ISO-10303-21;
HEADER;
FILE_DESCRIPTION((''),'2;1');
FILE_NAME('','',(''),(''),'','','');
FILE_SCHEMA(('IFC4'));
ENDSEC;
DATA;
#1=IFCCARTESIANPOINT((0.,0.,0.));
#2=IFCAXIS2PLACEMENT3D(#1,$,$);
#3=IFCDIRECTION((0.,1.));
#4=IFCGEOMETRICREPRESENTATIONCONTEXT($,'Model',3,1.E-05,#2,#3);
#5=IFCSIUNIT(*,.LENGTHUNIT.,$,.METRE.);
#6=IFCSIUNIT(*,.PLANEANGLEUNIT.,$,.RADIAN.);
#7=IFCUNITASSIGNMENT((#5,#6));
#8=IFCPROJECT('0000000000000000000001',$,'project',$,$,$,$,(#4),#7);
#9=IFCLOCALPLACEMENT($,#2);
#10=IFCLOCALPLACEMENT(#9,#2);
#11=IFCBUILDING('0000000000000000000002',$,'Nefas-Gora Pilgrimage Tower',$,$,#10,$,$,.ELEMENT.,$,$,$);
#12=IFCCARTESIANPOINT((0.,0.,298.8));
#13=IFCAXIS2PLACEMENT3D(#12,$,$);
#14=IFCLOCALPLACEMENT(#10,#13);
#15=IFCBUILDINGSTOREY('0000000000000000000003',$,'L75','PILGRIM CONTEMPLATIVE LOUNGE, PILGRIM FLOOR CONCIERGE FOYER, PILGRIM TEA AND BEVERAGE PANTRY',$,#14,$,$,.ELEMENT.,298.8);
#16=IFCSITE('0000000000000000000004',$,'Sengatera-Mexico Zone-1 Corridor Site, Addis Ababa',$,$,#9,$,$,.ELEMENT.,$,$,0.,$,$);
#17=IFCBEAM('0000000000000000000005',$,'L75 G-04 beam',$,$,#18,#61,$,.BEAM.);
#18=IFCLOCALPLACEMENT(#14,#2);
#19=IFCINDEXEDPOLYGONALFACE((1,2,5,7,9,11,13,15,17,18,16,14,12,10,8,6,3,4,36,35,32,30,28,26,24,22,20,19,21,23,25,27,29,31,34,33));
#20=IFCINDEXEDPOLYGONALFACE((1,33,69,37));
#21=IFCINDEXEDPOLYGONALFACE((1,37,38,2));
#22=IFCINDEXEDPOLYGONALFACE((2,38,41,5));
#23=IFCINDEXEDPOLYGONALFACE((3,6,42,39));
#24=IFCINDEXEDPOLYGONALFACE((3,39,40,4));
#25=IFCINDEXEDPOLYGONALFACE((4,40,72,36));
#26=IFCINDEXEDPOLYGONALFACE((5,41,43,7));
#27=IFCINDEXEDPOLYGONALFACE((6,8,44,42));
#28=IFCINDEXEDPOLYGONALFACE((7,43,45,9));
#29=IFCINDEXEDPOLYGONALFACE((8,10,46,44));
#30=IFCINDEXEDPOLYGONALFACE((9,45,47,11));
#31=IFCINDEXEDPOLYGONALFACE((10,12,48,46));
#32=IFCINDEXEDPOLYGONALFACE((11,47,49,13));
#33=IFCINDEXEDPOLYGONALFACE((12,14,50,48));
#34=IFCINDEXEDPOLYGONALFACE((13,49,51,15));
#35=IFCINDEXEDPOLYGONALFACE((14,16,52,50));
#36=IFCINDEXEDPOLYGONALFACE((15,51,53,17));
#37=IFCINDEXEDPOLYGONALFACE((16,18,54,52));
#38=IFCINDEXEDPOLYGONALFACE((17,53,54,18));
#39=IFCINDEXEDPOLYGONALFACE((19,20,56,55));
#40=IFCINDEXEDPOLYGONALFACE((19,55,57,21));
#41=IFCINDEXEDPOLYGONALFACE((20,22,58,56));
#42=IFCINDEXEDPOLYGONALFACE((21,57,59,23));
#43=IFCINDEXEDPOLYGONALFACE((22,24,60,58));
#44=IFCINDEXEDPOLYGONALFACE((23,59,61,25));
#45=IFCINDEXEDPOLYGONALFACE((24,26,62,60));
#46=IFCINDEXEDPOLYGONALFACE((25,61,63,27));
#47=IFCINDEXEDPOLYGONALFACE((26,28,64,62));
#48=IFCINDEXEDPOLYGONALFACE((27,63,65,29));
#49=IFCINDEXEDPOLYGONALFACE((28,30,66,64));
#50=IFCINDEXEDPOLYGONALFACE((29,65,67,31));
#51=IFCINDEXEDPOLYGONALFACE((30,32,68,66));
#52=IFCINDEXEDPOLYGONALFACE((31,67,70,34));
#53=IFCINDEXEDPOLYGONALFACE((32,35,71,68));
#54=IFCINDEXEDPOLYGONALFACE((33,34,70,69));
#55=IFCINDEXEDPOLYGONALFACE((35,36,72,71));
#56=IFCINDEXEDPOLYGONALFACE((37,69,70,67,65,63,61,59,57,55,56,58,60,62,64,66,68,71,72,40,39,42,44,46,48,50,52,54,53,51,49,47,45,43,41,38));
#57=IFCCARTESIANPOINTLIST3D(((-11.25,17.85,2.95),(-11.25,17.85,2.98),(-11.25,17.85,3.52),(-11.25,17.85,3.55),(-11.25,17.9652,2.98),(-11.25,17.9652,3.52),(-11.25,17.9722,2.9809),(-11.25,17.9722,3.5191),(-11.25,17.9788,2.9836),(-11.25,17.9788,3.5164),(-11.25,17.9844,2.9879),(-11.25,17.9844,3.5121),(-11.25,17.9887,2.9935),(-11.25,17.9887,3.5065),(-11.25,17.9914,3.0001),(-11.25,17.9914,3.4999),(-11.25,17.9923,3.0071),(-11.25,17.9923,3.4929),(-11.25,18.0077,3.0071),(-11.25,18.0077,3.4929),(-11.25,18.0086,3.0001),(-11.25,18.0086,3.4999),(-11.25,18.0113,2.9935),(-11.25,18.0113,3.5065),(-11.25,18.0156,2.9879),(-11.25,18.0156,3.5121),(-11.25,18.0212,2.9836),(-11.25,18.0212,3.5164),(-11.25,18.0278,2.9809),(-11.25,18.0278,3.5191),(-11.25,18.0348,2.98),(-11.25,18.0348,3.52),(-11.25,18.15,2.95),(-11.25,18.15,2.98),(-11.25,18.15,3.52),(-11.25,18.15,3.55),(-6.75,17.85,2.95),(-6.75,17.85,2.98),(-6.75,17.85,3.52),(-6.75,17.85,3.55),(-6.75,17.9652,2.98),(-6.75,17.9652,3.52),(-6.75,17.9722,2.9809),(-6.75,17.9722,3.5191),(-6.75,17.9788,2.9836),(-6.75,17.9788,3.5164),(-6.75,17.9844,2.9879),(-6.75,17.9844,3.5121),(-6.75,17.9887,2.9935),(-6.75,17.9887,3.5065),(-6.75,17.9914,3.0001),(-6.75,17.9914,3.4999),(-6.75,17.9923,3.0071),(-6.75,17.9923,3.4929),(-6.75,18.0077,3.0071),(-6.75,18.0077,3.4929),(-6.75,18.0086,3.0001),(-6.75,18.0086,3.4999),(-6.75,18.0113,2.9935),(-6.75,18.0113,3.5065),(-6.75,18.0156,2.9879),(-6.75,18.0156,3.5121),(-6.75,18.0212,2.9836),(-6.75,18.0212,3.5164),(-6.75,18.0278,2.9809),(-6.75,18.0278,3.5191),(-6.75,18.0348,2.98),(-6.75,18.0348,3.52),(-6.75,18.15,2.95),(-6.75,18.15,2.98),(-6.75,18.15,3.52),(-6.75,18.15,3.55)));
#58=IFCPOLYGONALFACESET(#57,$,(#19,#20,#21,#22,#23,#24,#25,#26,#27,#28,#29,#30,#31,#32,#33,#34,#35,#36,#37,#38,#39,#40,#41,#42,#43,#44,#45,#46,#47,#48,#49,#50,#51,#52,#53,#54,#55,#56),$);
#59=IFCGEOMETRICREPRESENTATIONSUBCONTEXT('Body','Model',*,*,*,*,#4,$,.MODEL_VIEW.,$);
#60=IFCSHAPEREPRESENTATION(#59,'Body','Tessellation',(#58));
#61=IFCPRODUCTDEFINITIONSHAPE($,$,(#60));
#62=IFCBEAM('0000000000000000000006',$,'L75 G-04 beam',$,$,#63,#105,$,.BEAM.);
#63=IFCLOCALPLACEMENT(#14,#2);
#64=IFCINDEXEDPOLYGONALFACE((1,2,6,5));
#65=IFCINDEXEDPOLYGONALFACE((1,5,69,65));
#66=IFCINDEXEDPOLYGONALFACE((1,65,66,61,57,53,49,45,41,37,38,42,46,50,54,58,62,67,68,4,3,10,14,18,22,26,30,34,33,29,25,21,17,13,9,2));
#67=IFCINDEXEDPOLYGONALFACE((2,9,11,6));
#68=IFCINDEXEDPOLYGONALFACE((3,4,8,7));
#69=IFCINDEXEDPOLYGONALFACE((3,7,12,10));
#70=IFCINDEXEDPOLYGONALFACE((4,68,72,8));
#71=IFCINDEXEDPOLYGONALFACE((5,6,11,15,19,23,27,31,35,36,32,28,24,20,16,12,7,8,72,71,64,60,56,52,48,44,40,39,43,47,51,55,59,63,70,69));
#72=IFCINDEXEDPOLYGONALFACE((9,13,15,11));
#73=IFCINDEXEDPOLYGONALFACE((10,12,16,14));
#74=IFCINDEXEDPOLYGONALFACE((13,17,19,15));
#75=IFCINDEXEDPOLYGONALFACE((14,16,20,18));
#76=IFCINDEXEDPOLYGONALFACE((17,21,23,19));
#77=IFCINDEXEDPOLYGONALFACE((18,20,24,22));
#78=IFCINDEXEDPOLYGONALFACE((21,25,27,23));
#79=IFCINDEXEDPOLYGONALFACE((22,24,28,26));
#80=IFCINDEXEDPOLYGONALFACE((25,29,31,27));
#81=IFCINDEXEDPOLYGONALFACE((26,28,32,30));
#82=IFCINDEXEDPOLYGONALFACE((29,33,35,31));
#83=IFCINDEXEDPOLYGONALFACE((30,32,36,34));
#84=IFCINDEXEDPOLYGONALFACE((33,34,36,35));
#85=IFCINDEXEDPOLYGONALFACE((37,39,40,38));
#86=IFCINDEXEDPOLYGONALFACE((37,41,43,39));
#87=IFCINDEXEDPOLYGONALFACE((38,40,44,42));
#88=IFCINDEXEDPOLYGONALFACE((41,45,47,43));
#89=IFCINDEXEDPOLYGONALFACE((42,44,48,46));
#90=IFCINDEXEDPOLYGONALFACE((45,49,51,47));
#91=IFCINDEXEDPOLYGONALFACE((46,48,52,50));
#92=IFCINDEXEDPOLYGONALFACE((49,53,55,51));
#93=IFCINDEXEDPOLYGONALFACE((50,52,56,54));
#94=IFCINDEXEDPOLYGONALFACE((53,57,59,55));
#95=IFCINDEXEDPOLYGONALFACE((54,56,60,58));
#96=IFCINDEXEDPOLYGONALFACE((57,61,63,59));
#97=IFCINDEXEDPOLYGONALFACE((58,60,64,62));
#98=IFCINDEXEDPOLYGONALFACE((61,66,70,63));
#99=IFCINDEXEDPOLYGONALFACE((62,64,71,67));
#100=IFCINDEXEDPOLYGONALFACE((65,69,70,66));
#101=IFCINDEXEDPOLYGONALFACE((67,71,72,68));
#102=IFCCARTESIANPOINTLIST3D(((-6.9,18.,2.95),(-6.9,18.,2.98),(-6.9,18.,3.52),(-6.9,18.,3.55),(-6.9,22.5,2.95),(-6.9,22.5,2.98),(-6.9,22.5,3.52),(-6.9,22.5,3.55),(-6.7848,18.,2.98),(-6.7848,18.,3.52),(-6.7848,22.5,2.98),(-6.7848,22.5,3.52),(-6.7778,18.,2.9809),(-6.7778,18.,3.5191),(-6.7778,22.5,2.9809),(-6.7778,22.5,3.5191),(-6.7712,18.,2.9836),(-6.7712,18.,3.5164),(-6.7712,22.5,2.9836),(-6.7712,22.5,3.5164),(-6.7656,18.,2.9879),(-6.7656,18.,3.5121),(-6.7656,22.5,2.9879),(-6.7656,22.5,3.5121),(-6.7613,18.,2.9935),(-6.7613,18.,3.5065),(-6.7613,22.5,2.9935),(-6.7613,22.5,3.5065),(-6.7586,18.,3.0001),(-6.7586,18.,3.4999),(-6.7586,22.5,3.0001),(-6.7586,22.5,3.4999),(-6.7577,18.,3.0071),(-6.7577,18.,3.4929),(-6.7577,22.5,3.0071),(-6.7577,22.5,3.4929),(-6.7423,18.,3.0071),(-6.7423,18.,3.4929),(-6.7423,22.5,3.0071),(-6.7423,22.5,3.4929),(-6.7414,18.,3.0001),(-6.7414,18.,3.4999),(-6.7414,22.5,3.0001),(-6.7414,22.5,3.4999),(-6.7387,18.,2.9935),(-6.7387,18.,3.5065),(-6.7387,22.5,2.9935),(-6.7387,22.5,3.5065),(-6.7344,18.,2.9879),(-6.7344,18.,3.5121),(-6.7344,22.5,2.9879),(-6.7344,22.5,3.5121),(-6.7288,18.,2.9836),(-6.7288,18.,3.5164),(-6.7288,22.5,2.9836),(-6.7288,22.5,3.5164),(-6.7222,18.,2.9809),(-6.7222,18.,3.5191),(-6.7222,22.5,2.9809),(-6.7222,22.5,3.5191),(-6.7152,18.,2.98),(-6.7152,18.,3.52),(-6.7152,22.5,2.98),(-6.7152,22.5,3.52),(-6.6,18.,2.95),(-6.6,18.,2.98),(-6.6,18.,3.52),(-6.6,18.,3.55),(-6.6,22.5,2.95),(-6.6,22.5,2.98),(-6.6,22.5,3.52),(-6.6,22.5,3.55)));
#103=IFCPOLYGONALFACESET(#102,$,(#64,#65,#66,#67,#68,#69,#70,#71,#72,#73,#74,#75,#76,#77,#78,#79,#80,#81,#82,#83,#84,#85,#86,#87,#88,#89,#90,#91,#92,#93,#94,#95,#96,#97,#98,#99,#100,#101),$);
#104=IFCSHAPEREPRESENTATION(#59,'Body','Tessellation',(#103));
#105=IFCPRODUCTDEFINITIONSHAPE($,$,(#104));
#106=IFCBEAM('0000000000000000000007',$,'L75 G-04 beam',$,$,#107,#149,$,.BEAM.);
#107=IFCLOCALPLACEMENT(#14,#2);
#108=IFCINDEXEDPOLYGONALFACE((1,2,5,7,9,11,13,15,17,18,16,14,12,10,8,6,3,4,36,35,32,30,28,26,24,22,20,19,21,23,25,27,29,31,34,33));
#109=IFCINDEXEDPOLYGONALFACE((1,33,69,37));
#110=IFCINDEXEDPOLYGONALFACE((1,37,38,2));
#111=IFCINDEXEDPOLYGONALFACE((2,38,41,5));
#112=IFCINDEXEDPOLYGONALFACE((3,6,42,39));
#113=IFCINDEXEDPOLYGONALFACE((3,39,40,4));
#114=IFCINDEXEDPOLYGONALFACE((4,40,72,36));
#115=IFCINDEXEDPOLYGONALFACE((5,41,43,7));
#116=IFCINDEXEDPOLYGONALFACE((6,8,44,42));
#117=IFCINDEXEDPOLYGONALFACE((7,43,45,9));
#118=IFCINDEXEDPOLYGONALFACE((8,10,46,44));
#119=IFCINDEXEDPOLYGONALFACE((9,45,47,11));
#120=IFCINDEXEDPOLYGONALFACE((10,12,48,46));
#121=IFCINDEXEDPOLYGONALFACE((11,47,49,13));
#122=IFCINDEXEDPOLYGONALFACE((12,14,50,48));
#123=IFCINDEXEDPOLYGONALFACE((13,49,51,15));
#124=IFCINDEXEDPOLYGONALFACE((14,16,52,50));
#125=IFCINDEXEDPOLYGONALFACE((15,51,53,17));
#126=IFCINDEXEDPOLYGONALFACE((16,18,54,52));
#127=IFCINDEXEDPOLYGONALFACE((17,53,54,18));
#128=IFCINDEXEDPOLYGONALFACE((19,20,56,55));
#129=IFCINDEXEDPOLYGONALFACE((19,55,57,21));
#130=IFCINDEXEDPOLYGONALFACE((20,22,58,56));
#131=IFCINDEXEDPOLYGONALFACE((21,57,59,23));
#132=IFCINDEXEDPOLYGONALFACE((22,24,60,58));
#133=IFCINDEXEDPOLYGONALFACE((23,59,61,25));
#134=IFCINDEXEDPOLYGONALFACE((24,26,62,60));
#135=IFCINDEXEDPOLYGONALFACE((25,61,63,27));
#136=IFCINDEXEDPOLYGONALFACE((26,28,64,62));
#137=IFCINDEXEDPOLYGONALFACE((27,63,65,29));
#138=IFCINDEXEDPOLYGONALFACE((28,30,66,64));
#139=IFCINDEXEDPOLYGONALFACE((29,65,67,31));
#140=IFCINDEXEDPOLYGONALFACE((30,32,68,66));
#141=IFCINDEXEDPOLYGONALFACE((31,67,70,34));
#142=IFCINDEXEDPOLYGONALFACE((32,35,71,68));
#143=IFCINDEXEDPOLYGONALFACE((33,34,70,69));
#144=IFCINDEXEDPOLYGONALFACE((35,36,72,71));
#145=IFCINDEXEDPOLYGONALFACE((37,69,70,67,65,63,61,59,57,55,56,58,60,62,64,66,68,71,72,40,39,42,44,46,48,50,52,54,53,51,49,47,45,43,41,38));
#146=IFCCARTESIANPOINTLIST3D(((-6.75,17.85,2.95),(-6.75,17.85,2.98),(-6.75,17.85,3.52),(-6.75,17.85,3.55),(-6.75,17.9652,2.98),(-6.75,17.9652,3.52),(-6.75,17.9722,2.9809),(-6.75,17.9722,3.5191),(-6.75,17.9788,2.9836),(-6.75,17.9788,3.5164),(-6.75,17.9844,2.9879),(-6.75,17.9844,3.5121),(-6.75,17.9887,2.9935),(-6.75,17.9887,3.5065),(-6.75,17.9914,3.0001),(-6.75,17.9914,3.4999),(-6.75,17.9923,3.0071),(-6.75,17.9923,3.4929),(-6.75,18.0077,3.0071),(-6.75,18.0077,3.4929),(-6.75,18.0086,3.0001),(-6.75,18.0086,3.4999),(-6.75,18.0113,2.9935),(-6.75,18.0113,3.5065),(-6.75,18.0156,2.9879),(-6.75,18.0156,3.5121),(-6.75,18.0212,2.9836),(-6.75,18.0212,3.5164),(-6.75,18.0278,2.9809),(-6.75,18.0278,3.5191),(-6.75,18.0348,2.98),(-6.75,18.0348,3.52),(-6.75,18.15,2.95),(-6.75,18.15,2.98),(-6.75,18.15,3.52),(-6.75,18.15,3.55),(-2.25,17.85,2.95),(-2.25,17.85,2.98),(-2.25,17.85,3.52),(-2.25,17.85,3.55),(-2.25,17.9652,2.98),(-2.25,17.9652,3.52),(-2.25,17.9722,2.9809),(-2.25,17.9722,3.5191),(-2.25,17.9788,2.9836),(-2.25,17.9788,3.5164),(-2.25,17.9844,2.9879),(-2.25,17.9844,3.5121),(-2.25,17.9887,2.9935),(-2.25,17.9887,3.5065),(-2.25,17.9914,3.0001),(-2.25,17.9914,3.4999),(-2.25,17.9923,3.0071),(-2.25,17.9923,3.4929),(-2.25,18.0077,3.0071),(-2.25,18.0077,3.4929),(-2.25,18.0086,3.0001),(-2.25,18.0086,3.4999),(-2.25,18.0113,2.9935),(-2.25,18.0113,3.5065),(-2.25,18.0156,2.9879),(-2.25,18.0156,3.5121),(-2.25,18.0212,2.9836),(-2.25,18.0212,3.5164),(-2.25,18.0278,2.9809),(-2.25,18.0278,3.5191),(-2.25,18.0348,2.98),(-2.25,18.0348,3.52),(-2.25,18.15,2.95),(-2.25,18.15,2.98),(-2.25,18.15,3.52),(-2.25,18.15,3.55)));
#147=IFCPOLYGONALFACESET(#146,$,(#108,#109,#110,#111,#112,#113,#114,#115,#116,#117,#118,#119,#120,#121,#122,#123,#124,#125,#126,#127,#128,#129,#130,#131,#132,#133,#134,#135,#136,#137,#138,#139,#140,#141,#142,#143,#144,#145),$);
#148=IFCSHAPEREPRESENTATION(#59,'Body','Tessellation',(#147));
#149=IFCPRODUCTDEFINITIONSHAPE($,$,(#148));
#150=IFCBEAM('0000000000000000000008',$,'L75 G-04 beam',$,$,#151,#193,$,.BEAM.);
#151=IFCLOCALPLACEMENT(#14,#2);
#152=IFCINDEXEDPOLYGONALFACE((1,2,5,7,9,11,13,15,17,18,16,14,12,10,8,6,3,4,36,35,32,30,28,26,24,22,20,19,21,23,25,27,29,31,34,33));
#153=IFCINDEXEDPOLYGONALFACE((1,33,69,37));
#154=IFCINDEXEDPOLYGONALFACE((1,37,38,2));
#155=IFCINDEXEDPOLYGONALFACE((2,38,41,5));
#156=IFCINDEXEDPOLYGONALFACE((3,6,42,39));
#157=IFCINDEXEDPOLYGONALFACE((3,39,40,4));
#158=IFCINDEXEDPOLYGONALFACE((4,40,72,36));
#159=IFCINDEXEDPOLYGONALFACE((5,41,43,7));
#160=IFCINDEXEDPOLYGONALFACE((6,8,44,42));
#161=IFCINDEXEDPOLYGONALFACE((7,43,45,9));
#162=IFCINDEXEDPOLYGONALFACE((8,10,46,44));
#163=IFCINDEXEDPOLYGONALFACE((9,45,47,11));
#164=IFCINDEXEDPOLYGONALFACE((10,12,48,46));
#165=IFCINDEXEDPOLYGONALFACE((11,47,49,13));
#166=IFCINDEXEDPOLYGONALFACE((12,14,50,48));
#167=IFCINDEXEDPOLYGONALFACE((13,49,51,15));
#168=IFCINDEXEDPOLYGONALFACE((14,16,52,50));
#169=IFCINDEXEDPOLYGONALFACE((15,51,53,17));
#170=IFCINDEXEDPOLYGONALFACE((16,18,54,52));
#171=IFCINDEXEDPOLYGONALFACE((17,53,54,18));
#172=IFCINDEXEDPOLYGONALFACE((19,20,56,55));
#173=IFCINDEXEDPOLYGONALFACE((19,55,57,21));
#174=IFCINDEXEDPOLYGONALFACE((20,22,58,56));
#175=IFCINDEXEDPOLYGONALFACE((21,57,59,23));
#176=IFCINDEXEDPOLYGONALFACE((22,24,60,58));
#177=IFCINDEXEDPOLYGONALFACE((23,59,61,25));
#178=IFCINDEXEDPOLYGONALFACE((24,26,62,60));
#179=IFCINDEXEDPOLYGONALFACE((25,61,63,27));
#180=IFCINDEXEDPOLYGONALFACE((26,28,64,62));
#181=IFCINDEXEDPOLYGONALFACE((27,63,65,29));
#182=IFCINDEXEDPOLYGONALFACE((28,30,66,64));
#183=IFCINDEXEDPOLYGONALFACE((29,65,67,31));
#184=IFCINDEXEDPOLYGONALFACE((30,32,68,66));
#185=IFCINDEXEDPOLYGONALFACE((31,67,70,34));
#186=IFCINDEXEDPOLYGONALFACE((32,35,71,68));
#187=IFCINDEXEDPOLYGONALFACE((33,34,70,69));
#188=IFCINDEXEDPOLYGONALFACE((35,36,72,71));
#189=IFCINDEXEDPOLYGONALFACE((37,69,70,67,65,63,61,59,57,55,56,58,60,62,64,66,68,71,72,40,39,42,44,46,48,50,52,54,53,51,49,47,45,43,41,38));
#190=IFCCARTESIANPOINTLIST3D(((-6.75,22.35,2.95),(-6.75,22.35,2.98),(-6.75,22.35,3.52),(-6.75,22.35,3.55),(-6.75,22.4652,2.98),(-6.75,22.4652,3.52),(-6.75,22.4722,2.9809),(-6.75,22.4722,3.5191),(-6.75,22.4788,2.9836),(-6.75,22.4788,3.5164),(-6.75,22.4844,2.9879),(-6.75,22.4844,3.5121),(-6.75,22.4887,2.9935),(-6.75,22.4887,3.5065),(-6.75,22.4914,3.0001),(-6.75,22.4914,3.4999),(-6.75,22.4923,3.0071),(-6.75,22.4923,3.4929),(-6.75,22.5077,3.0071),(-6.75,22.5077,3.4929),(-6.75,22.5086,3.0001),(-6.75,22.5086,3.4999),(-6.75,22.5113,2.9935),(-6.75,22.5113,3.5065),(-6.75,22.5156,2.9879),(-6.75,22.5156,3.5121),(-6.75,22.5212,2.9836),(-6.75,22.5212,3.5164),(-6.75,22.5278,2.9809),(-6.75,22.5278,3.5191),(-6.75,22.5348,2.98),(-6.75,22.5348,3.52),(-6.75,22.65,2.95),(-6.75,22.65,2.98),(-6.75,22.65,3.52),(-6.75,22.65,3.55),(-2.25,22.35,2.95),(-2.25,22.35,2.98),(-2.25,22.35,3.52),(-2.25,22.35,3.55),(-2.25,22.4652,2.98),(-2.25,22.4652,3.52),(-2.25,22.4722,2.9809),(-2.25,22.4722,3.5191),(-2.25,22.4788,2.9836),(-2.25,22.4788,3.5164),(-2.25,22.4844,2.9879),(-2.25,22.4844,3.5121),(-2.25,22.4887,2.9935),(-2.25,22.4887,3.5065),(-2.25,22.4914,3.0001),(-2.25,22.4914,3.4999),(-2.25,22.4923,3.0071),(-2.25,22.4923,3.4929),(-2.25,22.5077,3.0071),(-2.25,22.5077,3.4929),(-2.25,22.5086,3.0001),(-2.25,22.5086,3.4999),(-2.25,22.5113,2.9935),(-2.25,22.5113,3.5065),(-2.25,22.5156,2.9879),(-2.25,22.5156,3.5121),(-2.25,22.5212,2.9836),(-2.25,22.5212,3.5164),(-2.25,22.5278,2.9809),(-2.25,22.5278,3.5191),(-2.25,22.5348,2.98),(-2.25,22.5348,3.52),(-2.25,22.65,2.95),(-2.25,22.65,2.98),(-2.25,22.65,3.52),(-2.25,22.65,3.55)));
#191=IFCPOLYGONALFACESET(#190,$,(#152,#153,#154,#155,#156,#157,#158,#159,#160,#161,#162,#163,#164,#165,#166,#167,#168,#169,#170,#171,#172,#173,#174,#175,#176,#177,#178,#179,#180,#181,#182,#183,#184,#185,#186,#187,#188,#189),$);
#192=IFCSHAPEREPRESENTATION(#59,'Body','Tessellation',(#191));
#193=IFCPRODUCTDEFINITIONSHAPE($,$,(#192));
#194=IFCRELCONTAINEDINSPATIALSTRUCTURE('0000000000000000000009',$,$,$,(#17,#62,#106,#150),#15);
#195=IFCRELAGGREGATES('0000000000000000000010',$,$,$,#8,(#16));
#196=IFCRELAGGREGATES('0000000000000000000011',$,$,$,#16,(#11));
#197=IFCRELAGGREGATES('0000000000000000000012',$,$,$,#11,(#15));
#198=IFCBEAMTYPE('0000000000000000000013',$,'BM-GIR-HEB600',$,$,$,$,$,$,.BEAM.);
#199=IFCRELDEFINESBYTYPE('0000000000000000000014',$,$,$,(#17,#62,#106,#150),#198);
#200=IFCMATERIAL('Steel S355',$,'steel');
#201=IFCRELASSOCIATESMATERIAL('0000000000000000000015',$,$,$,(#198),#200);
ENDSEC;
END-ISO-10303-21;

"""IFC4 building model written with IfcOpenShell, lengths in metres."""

from ifc_helpers import new_model, si_unit, direction, frame, origin, origin_2d, place, context, subcontext, project, spatial, i_section, extrude, source, transform, mapped, material, material_profile, profile_set, type_object, element, save


model = new_model("IFC4")

# Units and contexts
model_context = context("Model", 3, precision=1e-05, world=origin(), true_north=direction((0.0, 1.0)))
body_context = subcontext(model_context, "Body", "Model", "MODEL_VIEW")
ifc_project = project(units=[si_unit("LENGTHUNIT", "METRE"), si_unit("PLANEANGLEUNIT", "RADIAN")], contexts=[model_context])

# Site, building, storey
site_placement = place(None, origin())
site = spatial("IfcSite", under=ifc_project, at=site_placement, Name="Sengatera-Mexico Zone-1 Corridor Site, Addis Ababa", CompositionType="ELEMENT", RefElevation=0.0)
building_placement = place(site_placement, origin())
building = spatial("IfcBuilding", under=site, at=building_placement, Name="Nefas-Gora Pilgrimage Tower", CompositionType="ELEMENT")
storey_placement = place(building_placement, frame((0.0, 0.0, 298.8)))
storey = spatial("IfcBuildingStorey", under=building, at=storey_placement, Name="L75", Description="PILGRIM CONTEMPLATIVE LOUNGE, PILGRIM FLOOR CONCIERGE FOYER, PILGRIM TEA AND BEVERAGE PANTRY", CompositionType="ELEMENT", Elevation=298.8)

# Shared definitions
ifc_material_1 = material(Name="Steel S355", Category="steel")

# Beams
ifc_material_profile_1 = material_profile(ifc_material_1, i_section(OverallWidth=0.3, OverallDepth=0.6001, WebThickness=0.0154, FlangeThickness=0.03, FilletRadius=0.0271, at=origin_2d()), Name="HEB 600")
ifc_profile_set_1 = profile_set([ifc_material_profile_1], Name="Steel S355")
beam_type = type_object("IfcBeamType", Name="BM-GIR-HEB600", PredefinedType="BEAM", material=ifc_profile_set_1)
shared_shape_1 = source(origin(), body_context, "Body", "SweptSolid", [
    extrude(i_section(OverallWidth=0.3, OverallDepth=0.6001, WebThickness=0.0154, FlangeThickness=0.03, FilletRadius=0.0271, at=origin_2d()), origin(), (0.0, 0.0, 1.0), 4.5),
])
for number, where, z_axis, x_axis, name in (
    (1, (-11.25, 18.0, 3.25), (1.0, 0.0, 0.0), (0.0, 1.0, 0.0), "L75 G-04 beam"),
    (2, (-6.75, 18.0, 3.25), (0.0, 1.0, 0.0), (-1.0, 0.0, 0.0), "L75 G-04 beam"),
    (3, (-6.75, 18.0, 3.25), (1.0, 0.0, 0.0), (0.0, 1.0, 0.0), "L75 G-04 beam"),
    (4, (-6.75, 22.5, 3.25), (1.0, 0.0, 0.0), (0.0, 1.0, 0.0), "L75 G-04 beam"),
):
    element("IfcBeam", number, at=place(storey_placement, frame(where, z_axis=z_axis, x_axis=x_axis)), inside=storey, type_object=beam_type, Name=name, PredefinedType="BEAM", context=body_context, shape_type="MappedRepresentation", body=[
        mapped(shared_shape_1, transform((0.0, 0.0, 0.0), x_axis=(1.0, 0.0, 0.0), y_axis=(0.0, 1.0, 0.0), z_axis=(0.0, 0.0, 1.0), scale=1.0)),
    ])

save(model, "model.ifc")
